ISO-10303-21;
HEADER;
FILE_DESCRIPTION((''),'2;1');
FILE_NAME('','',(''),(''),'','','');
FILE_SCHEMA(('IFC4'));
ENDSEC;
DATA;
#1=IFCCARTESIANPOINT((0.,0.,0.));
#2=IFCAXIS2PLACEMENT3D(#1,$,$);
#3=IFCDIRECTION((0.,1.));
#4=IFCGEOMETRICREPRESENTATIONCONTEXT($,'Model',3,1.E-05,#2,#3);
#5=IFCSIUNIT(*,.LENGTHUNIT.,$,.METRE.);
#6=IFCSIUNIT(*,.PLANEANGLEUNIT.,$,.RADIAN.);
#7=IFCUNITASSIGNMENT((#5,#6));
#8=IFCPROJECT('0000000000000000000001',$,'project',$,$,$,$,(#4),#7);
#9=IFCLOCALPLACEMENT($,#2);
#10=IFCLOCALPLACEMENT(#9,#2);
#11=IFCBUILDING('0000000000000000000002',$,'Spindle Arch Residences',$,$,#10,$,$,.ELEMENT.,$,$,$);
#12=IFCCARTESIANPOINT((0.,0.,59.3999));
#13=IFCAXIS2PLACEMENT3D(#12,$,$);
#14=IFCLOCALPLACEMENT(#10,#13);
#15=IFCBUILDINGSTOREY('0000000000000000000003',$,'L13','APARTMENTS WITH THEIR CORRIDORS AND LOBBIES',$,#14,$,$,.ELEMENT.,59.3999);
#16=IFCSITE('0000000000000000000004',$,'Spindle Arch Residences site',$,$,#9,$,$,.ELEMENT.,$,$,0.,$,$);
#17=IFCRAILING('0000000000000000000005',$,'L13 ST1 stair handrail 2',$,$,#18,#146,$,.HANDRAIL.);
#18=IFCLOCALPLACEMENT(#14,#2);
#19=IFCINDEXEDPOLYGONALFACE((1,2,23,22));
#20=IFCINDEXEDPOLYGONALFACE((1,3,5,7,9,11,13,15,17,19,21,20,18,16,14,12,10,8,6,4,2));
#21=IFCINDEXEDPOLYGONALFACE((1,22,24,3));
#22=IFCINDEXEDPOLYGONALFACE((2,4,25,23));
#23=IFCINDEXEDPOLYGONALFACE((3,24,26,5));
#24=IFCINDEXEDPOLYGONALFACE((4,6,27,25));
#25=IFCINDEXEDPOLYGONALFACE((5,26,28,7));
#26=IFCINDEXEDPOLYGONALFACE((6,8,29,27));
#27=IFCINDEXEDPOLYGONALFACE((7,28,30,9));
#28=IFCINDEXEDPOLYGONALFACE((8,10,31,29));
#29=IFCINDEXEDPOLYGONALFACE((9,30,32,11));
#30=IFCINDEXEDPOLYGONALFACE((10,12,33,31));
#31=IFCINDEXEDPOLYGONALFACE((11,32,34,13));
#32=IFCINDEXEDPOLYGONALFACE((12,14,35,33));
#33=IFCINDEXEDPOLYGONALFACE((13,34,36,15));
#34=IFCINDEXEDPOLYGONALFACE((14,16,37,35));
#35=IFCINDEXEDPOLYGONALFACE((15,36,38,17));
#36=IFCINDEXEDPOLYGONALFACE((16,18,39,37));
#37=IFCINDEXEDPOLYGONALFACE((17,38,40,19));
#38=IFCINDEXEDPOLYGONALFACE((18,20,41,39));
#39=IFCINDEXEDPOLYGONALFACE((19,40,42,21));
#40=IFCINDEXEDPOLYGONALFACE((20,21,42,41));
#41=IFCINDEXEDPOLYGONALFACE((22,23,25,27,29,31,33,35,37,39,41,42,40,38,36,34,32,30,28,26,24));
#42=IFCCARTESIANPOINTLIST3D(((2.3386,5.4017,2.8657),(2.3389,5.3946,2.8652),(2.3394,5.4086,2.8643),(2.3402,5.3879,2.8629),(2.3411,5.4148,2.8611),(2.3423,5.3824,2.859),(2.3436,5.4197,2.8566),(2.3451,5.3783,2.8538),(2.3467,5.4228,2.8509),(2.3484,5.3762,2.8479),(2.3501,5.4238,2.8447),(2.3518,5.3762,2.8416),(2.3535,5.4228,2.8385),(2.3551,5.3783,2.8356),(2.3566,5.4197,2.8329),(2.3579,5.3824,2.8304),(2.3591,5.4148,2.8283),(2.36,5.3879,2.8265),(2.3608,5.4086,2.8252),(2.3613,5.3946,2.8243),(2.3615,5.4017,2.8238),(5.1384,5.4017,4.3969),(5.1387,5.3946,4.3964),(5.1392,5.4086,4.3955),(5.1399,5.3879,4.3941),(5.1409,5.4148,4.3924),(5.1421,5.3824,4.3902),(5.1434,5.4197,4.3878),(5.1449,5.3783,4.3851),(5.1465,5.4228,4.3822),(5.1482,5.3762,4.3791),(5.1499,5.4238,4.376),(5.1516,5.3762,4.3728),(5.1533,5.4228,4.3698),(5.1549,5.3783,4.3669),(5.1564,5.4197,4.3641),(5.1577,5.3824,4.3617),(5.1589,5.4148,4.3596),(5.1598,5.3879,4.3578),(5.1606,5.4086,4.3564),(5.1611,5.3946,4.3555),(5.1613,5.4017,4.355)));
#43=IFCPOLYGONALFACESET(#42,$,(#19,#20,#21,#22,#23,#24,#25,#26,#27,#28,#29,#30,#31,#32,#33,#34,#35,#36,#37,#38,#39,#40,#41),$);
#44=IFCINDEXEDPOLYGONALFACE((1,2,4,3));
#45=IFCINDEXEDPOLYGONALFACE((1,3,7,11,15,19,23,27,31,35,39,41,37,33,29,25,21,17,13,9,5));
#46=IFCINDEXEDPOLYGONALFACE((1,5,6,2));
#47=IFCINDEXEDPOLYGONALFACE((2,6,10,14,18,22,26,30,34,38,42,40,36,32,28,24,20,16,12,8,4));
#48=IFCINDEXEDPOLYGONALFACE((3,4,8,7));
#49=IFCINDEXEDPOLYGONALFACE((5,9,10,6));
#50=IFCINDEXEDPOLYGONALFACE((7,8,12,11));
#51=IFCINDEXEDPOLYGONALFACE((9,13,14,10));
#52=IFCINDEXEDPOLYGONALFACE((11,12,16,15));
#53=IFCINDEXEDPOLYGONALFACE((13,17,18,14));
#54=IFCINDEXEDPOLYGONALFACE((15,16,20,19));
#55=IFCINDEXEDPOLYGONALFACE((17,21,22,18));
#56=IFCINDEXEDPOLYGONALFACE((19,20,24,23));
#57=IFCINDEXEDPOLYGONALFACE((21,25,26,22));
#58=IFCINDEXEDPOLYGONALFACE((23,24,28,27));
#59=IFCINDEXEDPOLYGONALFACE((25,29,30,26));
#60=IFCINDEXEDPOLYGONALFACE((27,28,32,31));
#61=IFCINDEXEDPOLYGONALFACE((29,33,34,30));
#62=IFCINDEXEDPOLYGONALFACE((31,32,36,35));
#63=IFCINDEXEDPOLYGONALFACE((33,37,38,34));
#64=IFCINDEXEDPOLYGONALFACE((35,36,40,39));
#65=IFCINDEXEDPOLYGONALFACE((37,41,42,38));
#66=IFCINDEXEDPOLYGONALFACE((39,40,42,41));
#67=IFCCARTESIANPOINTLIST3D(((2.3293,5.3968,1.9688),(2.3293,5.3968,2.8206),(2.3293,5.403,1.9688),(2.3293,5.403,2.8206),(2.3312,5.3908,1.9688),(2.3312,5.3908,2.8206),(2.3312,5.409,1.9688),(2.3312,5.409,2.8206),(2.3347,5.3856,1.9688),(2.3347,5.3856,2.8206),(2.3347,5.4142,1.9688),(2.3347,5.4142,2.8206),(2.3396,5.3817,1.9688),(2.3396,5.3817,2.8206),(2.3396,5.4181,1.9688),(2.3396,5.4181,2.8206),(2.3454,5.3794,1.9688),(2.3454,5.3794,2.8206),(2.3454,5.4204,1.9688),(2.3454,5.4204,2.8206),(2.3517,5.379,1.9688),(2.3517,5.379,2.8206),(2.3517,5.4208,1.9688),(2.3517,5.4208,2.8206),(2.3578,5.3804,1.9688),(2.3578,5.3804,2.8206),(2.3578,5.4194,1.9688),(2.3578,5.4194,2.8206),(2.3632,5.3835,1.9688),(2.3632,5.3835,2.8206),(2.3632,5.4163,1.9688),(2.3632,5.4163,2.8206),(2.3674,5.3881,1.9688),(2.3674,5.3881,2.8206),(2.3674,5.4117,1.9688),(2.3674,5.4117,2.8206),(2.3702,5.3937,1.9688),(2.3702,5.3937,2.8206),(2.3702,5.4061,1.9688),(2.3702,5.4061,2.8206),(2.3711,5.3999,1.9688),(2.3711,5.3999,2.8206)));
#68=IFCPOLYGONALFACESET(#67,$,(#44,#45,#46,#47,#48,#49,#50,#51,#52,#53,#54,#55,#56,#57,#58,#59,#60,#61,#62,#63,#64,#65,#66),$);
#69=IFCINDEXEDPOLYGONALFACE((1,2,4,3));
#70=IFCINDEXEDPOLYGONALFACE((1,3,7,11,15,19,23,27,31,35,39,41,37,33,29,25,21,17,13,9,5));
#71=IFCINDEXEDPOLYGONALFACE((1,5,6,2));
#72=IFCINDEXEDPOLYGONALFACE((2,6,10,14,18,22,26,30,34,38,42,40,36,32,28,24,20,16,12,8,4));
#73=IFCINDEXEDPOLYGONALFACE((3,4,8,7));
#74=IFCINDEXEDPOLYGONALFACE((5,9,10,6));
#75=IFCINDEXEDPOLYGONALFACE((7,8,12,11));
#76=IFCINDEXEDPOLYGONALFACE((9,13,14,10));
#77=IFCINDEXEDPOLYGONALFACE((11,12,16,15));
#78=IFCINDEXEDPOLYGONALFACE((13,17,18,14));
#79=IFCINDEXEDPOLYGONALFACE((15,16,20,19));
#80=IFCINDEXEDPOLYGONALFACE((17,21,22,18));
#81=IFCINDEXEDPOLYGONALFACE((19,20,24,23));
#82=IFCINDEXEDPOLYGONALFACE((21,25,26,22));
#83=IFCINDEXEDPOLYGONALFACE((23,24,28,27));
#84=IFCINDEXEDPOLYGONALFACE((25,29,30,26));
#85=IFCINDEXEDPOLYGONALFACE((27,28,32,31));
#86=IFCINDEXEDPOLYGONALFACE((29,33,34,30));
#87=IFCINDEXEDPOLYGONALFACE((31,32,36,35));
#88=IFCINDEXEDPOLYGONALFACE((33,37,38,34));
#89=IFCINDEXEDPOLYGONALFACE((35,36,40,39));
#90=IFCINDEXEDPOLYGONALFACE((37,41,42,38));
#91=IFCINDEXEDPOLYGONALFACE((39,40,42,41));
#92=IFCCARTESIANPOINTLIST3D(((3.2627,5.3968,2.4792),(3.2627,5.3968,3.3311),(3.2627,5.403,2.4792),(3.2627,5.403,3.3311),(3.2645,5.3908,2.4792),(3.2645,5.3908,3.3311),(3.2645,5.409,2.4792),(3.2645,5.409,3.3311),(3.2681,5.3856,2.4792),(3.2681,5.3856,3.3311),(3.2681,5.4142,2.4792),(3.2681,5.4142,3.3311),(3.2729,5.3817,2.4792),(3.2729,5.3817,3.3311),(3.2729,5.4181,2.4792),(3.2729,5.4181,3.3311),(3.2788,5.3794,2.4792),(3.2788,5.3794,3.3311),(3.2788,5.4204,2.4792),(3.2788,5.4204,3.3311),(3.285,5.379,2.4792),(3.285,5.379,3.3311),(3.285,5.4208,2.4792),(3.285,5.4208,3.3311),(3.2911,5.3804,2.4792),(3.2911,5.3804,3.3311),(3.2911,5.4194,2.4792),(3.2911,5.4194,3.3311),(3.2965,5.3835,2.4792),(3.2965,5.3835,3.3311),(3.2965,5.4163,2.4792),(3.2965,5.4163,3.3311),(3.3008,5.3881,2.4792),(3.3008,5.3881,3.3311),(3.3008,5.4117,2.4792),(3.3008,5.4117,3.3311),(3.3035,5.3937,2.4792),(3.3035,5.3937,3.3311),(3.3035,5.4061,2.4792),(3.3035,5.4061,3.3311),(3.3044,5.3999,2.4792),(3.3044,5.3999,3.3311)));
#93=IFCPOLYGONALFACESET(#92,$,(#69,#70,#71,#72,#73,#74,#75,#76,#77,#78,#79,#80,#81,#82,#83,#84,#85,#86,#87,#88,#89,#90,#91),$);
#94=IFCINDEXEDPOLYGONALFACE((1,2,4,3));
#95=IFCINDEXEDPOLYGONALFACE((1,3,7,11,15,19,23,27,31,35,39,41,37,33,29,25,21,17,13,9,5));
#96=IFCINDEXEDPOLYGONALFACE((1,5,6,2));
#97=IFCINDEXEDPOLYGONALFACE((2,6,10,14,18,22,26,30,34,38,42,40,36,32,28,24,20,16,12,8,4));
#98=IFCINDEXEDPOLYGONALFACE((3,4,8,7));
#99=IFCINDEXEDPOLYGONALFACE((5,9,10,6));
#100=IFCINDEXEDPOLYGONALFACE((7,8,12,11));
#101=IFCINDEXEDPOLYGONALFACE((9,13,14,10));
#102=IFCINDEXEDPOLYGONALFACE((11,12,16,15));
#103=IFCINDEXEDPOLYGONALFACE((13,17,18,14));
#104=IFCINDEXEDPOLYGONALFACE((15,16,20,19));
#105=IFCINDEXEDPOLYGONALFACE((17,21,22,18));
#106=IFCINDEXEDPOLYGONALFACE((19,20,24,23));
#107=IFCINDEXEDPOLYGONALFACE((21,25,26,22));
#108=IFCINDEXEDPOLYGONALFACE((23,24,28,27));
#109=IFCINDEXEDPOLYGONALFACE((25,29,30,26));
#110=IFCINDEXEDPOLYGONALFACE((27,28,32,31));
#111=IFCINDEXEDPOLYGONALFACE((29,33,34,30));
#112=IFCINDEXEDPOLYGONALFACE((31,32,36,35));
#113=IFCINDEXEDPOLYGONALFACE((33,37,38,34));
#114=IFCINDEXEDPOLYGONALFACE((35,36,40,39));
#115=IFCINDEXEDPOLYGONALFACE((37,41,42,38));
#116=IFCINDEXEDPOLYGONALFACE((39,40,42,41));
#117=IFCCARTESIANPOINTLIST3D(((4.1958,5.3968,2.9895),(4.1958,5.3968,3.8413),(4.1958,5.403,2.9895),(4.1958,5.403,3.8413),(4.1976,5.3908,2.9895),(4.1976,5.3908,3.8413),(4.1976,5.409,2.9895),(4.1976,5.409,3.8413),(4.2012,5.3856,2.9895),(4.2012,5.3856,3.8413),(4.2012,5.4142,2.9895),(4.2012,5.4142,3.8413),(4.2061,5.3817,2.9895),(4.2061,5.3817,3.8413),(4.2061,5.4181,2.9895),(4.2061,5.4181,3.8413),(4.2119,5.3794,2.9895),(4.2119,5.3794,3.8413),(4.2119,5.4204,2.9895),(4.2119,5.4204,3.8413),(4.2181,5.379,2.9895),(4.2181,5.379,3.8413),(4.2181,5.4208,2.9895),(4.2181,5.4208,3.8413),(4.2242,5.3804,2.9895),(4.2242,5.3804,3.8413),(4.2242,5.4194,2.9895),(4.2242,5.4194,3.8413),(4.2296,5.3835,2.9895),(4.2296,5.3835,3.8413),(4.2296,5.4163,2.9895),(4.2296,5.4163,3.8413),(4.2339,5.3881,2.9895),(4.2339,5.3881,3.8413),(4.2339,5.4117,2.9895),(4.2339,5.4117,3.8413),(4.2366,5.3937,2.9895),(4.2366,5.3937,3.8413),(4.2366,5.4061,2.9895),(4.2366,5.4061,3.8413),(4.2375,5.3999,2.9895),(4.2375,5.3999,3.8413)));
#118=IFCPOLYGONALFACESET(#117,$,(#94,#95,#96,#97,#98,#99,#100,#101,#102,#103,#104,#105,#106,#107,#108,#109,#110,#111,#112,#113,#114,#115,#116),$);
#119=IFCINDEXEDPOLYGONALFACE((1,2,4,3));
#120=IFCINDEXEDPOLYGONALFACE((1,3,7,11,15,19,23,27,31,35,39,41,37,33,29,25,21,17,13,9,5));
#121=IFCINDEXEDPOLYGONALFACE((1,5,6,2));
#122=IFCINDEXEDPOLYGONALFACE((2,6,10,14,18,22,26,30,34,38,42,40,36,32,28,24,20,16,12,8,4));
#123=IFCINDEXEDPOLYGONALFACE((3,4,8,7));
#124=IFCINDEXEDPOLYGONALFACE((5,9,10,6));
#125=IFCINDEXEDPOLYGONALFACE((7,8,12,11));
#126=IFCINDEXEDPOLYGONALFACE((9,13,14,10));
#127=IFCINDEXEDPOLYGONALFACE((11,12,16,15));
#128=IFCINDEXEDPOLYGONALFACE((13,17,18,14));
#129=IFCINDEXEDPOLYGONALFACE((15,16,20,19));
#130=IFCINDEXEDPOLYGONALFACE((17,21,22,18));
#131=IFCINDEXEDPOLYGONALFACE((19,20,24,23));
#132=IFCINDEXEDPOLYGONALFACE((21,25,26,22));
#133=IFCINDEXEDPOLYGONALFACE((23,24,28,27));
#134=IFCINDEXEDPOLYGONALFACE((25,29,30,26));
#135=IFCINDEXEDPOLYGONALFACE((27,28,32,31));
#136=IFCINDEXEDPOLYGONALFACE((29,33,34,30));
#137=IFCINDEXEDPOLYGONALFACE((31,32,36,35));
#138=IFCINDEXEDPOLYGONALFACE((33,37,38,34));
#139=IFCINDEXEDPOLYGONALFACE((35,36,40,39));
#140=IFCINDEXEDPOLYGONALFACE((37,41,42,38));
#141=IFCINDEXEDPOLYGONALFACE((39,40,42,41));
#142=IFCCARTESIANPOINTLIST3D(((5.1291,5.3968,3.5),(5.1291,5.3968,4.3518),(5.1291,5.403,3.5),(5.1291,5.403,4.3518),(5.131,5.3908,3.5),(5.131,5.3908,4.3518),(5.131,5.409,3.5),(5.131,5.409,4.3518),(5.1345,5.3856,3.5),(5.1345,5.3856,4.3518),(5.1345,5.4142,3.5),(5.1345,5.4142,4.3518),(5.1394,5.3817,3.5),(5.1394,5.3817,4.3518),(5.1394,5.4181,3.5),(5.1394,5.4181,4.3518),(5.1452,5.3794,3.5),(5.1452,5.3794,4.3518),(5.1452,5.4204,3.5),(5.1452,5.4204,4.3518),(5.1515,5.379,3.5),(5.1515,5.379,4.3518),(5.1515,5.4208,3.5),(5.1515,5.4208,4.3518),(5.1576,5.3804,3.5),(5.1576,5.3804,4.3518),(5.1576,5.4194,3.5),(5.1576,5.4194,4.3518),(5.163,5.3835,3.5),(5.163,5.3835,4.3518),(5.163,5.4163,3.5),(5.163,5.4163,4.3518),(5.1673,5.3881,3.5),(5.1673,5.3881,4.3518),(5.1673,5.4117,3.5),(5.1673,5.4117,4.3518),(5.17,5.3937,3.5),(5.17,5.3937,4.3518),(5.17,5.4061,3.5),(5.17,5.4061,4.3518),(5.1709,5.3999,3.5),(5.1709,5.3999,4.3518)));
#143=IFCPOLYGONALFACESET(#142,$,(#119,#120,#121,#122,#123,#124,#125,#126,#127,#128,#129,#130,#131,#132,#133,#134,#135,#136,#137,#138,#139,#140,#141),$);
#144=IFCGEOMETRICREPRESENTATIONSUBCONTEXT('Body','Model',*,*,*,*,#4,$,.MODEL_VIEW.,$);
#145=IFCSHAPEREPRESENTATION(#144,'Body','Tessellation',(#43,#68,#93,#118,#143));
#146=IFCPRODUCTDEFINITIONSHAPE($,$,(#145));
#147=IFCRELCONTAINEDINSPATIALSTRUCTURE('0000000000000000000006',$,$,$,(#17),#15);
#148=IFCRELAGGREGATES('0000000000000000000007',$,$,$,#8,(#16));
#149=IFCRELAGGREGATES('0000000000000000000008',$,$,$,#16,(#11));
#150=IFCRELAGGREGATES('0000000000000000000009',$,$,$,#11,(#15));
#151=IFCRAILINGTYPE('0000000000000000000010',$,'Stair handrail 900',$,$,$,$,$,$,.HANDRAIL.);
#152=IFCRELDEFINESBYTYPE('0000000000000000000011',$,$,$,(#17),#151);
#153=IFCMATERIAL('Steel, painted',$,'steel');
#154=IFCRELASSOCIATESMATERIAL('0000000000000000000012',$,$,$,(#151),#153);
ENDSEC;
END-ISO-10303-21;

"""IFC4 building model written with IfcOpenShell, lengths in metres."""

from ifc_helpers import new_model, si_unit, direction, frame, origin, origin_2d, place, context, subcontext, project, spatial, circle, extrude, material, type_object, element, save


model = new_model("IFC4")

# Units and contexts
model_context = context("Model", 3, precision=1e-05, world=origin(), true_north=direction((0.0, 1.0)))
body_context = subcontext(model_context, "Body", "Model", "MODEL_VIEW")
ifc_project = project(units=[si_unit("LENGTHUNIT", "METRE"), si_unit("PLANEANGLEUNIT", "RADIAN")], contexts=[model_context])

# Site, building, storey
site_placement = place(None, origin())
site = spatial("IfcSite", under=ifc_project, at=site_placement, Name="Spindle Arch Residences site", CompositionType="ELEMENT", RefElevation=0.0)
building_placement = place(site_placement, origin())
building = spatial("IfcBuilding", under=site, at=building_placement, Name="Spindle Arch Residences", CompositionType="ELEMENT")
storey_placement = place(building_placement, frame((0.0, 0.0, 59.3999)))
storey = spatial("IfcBuildingStorey", under=building, at=storey_placement, Name="L13", Description="APARTMENTS WITH THEIR CORRIDORS AND LOBBIES", CompositionType="ELEMENT", Elevation=59.3999)

# Railing
ifc_material_1 = material(Name="Steel, painted", Category="steel")
railing_type_1 = type_object("IfcRailingType", Name="Stair handrail 900", PredefinedType="HANDRAIL", material=ifc_material_1)
railing_1_placement = place(storey_placement, frame((2.3501, 5.3999, 1.9688)))
element("IfcRailing", 1, at=railing_1_placement, inside=storey, type_object=railing_type_1, Name="L13 ST1 stair handrail 2", PredefinedType="HANDRAIL", context=body_context, shape_type="SweptSolid", body=[
    extrude(circle(Radius=0.0239, at=origin_2d()), frame((0.0, 0.0, 0.876), z_axis=(0.877357, 0.0, 0.479838), x_axis=(0.0, 1.0, 0.0)), (0.0, 0.0, 1.0), 3.1912),
    extrude(circle(Radius=0.021, at=origin_2d()), origin(), (0.0, 0.0, 1.0), 0.8518),
    extrude(circle(Radius=0.021, at=origin_2d()), frame((0.9333, 0.0, 0.5105)), (0.0, 0.0, 1.0), 0.8518),
    extrude(circle(Radius=0.021, at=origin_2d()), frame((1.8665, 0.0, 1.0208)), (0.0, 0.0, 1.0), 0.8518),
    extrude(circle(Radius=0.021, at=origin_2d()), frame((2.7998, 0.0, 1.5312)), (0.0, 0.0, 1.0), 0.8518),
])

save(model, "model.ifc")
